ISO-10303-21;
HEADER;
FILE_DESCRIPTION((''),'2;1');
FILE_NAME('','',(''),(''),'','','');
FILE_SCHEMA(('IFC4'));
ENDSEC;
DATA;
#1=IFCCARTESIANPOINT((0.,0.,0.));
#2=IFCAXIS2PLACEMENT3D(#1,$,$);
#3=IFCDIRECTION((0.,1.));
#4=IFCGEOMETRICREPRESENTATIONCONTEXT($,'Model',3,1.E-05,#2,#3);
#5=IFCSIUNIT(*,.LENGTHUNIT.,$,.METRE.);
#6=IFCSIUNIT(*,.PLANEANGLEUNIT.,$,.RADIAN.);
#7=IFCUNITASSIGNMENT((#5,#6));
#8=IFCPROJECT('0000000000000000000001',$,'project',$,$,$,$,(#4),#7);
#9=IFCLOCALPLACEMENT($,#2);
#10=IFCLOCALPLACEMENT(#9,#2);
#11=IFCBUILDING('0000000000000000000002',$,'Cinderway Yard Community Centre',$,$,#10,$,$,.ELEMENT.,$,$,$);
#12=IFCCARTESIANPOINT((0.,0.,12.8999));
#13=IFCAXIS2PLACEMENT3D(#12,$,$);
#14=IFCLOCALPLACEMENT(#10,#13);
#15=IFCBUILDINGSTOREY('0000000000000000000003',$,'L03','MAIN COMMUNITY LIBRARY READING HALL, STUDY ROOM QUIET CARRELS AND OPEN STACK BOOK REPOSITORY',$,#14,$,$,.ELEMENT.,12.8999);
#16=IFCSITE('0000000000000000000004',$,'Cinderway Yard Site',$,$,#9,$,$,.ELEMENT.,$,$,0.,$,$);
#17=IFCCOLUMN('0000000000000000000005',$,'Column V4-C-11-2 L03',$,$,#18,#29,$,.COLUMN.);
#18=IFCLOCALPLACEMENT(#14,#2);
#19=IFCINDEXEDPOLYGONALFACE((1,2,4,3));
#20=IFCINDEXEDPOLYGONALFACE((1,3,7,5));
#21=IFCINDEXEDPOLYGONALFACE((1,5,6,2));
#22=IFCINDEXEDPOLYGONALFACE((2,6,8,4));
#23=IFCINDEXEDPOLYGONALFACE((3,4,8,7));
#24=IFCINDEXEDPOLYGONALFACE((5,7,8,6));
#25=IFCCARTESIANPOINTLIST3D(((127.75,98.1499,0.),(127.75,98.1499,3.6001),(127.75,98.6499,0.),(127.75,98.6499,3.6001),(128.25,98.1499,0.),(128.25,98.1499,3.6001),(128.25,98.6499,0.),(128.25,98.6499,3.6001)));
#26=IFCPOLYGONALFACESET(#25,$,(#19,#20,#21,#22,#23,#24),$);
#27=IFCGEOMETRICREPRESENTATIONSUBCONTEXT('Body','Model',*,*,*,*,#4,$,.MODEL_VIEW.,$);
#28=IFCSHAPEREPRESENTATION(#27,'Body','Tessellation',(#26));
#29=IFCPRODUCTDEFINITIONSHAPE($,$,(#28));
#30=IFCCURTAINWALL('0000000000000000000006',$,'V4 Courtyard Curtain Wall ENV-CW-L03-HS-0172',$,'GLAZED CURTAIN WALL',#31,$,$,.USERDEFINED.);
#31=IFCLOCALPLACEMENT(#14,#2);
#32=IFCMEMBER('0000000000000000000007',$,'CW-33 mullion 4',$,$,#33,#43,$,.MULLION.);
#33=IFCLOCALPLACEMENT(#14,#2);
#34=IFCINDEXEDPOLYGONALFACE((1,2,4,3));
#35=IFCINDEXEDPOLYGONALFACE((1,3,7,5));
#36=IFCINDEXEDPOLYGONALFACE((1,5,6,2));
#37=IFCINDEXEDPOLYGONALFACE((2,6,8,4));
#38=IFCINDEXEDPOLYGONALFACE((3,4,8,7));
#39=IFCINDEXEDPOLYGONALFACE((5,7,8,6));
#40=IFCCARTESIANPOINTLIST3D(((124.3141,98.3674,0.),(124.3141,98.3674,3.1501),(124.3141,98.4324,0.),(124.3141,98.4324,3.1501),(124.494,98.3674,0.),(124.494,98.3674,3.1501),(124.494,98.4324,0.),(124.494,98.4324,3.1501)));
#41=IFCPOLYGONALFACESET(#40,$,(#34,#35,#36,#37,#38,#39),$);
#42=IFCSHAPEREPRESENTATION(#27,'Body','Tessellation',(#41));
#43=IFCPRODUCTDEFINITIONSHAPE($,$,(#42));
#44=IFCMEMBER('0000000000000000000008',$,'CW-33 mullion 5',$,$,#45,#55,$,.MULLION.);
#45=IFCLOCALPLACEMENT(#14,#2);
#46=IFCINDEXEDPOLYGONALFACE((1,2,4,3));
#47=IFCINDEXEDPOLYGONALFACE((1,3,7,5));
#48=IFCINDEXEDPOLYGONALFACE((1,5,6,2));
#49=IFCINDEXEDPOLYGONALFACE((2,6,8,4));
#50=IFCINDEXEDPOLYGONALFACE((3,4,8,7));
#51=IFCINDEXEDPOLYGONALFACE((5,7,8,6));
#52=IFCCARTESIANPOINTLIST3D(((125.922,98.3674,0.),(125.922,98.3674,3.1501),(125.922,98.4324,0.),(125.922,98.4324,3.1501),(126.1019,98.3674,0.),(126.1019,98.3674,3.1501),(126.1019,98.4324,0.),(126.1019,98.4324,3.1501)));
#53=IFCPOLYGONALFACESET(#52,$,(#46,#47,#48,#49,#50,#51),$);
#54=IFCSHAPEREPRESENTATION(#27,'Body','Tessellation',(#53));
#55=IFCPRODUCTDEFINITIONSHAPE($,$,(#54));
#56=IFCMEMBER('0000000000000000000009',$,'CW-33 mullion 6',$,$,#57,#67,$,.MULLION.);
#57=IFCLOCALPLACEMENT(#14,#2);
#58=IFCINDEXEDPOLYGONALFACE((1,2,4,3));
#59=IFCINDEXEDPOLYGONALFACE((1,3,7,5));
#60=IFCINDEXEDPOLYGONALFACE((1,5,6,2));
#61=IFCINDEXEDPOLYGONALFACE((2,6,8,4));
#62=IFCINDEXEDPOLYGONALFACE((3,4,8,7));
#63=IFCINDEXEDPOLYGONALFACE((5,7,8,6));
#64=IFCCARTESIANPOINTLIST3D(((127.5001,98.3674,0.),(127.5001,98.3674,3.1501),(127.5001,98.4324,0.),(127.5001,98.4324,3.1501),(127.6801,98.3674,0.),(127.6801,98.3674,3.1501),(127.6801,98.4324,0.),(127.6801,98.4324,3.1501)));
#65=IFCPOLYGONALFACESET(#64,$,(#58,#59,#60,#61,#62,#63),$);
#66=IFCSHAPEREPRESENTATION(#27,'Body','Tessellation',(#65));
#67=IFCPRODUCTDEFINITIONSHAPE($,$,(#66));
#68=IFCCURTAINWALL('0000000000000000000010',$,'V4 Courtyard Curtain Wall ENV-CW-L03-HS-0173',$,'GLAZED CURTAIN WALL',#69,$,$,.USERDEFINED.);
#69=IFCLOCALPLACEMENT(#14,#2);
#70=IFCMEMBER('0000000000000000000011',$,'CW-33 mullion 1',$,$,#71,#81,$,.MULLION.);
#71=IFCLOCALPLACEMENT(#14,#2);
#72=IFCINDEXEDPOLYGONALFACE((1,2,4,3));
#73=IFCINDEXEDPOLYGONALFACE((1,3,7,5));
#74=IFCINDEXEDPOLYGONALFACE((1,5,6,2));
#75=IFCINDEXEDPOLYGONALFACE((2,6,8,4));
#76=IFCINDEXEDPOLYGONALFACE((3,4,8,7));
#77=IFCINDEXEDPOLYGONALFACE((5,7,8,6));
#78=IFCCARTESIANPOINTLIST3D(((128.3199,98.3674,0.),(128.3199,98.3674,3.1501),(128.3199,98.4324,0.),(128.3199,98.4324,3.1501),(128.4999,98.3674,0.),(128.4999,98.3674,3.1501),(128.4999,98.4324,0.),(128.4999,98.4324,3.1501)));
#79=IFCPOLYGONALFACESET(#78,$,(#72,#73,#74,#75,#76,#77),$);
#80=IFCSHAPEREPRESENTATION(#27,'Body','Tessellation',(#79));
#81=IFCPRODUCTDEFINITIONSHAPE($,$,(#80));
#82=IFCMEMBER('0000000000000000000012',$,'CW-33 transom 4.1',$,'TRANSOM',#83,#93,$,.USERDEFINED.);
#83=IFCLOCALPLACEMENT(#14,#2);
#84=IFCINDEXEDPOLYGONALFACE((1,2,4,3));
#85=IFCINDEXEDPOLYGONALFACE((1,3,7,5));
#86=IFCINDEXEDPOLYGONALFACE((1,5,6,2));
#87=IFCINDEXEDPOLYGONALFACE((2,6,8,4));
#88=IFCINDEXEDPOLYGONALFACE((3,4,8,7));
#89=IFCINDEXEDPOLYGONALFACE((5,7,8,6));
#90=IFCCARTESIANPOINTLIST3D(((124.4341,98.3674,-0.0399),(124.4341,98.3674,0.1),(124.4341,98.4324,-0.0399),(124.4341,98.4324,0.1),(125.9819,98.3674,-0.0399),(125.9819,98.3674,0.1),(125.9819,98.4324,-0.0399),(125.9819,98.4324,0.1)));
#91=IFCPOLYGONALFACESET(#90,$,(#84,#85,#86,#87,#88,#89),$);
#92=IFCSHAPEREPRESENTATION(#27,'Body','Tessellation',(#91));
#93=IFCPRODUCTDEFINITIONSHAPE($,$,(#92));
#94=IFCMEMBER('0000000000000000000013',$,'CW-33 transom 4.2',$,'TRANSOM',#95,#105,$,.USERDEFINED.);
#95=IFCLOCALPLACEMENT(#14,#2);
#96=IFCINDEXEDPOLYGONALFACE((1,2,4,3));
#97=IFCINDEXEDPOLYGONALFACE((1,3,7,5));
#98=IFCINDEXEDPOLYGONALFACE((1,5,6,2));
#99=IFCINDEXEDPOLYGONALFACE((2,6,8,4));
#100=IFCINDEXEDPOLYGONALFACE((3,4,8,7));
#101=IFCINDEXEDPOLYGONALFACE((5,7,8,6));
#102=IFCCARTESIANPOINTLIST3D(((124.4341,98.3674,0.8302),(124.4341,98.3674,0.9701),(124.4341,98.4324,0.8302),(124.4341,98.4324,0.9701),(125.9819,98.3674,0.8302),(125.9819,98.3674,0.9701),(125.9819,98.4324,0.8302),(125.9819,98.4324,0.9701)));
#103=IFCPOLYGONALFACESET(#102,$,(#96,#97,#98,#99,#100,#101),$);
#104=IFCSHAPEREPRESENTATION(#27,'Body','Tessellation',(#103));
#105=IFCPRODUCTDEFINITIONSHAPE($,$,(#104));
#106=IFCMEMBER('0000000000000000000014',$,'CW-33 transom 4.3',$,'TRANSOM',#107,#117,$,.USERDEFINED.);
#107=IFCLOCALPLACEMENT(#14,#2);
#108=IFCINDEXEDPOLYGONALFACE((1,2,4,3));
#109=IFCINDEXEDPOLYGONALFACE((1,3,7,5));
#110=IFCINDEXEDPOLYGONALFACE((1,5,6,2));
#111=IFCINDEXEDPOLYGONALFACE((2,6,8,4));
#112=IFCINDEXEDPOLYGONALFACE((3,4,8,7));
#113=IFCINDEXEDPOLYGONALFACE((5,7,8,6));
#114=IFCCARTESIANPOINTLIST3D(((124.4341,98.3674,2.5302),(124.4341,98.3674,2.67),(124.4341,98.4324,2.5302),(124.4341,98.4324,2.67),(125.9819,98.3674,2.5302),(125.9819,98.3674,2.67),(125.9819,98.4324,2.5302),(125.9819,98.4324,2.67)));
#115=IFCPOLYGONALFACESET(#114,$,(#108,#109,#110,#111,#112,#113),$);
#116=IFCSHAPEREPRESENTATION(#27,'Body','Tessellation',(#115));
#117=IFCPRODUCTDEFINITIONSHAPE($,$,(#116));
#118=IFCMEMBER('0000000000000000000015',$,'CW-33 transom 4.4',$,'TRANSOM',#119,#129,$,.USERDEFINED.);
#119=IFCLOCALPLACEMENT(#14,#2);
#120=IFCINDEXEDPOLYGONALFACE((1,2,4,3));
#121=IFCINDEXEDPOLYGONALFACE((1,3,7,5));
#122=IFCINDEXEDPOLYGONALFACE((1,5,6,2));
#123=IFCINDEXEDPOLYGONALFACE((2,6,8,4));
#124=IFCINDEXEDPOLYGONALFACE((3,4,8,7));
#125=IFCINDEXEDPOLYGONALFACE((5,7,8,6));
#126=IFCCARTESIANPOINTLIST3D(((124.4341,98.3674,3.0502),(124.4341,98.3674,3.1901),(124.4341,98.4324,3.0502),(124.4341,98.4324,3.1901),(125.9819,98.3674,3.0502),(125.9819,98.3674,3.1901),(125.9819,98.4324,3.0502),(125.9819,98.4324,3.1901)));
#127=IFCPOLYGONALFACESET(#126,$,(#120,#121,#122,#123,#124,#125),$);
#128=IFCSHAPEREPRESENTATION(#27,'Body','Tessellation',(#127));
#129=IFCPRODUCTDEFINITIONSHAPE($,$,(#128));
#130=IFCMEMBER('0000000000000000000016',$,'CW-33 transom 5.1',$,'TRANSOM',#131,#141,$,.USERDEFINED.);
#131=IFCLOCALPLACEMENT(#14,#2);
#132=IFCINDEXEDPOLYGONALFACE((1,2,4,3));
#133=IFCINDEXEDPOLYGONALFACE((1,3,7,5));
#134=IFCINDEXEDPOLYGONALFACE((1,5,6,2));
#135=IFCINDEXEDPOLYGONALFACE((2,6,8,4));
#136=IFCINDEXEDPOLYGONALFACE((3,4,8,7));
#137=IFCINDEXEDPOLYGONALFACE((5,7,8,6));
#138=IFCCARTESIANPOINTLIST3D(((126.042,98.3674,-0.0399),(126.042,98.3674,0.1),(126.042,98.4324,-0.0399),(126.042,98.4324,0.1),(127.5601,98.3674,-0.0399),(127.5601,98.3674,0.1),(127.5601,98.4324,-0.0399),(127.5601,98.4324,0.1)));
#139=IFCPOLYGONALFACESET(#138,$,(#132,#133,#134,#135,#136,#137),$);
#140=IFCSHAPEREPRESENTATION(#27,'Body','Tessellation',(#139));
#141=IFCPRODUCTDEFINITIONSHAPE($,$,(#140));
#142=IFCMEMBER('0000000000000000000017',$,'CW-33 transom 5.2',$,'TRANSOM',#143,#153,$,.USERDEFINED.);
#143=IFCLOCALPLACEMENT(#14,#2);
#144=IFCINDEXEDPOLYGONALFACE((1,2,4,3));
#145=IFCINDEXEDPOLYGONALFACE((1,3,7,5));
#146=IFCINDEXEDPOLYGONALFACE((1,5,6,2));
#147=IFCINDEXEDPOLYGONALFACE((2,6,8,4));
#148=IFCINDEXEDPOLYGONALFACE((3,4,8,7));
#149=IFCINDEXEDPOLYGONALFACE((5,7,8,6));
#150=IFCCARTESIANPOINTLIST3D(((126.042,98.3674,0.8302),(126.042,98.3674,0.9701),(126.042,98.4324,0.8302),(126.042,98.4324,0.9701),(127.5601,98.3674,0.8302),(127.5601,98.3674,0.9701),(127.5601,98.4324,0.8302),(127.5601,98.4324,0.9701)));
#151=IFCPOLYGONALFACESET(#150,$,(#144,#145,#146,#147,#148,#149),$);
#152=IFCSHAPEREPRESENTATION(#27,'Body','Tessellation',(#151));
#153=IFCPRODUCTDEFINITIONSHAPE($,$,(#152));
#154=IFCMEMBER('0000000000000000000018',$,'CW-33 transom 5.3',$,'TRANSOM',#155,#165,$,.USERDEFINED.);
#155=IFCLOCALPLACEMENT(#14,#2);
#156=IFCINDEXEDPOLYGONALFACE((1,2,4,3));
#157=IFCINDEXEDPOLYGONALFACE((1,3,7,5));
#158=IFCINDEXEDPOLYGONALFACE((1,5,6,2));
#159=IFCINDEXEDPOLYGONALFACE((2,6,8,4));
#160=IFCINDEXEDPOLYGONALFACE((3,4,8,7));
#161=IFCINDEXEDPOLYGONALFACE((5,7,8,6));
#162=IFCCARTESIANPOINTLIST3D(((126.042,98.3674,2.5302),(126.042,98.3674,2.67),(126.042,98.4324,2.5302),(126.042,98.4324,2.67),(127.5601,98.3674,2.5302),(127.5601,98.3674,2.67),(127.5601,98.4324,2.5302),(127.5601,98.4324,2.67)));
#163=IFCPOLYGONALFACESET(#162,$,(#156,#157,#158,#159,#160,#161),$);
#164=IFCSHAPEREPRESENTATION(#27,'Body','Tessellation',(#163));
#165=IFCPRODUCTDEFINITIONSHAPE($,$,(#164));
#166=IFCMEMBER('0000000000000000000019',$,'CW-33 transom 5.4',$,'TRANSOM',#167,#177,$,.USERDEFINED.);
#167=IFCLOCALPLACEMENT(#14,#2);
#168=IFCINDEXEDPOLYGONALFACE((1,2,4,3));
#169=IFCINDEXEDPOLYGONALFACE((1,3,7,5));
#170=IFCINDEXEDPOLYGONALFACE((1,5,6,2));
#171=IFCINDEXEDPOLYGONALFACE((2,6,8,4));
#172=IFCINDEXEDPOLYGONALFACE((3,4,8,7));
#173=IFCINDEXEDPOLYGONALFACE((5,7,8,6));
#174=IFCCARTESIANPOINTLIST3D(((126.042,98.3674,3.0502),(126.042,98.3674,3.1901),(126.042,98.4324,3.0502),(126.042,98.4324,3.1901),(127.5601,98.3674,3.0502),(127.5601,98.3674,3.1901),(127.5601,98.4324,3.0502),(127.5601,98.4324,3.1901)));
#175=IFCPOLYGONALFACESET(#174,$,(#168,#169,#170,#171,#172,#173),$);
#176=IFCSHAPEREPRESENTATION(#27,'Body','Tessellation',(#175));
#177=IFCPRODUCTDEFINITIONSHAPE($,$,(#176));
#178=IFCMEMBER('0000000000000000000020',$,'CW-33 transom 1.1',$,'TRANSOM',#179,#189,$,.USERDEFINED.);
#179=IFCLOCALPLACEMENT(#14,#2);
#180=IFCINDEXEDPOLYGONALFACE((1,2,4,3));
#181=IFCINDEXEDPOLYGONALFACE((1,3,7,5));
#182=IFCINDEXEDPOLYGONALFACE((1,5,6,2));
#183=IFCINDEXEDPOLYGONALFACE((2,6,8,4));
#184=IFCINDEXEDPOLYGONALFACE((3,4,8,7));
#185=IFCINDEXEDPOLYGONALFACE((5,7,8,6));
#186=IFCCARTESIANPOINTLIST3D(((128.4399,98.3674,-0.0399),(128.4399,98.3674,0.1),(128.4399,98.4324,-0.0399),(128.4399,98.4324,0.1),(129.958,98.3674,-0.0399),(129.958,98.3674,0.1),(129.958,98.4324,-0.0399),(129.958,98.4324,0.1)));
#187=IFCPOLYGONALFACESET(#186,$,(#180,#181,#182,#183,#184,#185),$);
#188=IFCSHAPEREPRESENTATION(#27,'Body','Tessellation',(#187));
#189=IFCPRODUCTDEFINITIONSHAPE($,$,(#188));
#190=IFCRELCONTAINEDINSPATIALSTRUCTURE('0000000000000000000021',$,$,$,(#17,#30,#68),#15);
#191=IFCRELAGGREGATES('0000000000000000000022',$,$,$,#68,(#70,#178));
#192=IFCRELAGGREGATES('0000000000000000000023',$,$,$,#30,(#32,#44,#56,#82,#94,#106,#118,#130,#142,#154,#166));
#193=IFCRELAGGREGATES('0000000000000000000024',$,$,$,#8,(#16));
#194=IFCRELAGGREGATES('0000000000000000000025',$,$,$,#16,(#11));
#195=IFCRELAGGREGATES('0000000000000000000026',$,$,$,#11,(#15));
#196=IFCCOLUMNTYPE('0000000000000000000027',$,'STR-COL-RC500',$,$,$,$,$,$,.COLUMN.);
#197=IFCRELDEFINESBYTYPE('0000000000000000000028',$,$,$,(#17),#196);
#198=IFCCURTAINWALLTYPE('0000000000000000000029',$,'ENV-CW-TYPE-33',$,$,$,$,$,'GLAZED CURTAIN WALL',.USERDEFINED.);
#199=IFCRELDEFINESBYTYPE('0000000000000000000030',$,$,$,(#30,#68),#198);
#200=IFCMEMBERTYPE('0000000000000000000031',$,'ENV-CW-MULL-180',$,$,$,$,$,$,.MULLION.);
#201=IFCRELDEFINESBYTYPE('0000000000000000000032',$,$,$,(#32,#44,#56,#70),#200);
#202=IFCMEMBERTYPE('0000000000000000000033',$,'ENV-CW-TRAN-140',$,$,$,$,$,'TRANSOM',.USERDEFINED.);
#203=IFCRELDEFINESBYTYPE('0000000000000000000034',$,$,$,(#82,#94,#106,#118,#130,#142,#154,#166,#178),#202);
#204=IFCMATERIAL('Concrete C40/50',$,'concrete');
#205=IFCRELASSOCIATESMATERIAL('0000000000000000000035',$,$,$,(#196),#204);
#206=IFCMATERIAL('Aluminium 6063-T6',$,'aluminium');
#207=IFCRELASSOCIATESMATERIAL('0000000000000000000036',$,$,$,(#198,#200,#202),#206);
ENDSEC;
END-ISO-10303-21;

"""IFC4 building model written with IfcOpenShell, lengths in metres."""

from ifc_helpers import new_model, si_unit, direction, frame, origin, origin_2d, place, context, subcontext, project, spatial, rectangle, extrude, material, material_profile, profile_set, type_object, element, aggregate, save


model = new_model("IFC4")

# Units and contexts
model_context = context("Model", 3, precision=1e-05, world=origin(), true_north=direction((0.0, 1.0)))
body_context = subcontext(model_context, "Body", "Model", "MODEL_VIEW")
ifc_project = project(units=[si_unit("LENGTHUNIT", "METRE"), si_unit("PLANEANGLEUNIT", "RADIAN")], contexts=[model_context])

# Site, building, storey
site_placement = place(None, origin())
site = spatial("IfcSite", under=ifc_project, at=site_placement, Name="Cinderway Yard Site", CompositionType="ELEMENT", RefElevation=0.0)
building_placement = place(site_placement, origin())
building = spatial("IfcBuilding", under=site, at=building_placement, Name="Cinderway Yard Community Centre", CompositionType="ELEMENT")
storey_placement = place(building_placement, frame((0.0, 0.0, 12.8999)))
storey = spatial("IfcBuildingStorey", under=building, at=storey_placement, Name="L03", Description="MAIN COMMUNITY LIBRARY READING HALL, STUDY ROOM QUIET CARRELS AND OPEN STACK BOOK REPOSITORY", CompositionType="ELEMENT", Elevation=12.8999)

# Column
ifc_material_1 = material(Name="Concrete C40/50", Category="concrete")
ifc_material_profile_1 = material_profile(ifc_material_1, rectangle(XDim=0.5, YDim=0.5, at=origin_2d()), Name="Concrete C40/50")
ifc_profile_set_1 = profile_set([ifc_material_profile_1], Name="Concrete C40/50")
column_type = type_object("IfcColumnType", Name="STR-COL-RC500", PredefinedType="COLUMN", material=ifc_profile_set_1)
column_placement = place(storey_placement, frame((128.0, 98.3999, 0.0), z_axis=(0.0, 0.0, 1.0), x_axis=(1.0, 0.0, 0.0)))
element("IfcColumn", 1, at=column_placement, inside=storey, type_object=column_type, Name="Column V4-C-11-2 L03", PredefinedType="COLUMN", context=body_context, shape_type="SweptSolid", body=[
    extrude(rectangle(XDim=0.5, YDim=0.5, at=origin_2d()), origin(), (0.0, 0.0, 1.0), 3.6001),
])

# Curtain wall, members
ifc_material_2 = material(Name="Aluminium 6063-T6", Category="aluminium")
curtain_wall_type = type_object("IfcCurtainWallType", Name="ENV-CW-TYPE-33", ElementType="GLAZED CURTAIN WALL", PredefinedType="USERDEFINED", material=ifc_material_2)
curtain_wall_1_placement = place(storey_placement, origin())
curtain_wall_1 = element("IfcCurtainWall", 2, at=curtain_wall_1_placement, inside=storey, type_object=curtain_wall_type, Name="V4 Courtyard Curtain Wall ENV-CW-L03-HS-0172", ObjectType="GLAZED CURTAIN WALL", PredefinedType="USERDEFINED")
ifc_material_profile_2 = material_profile(ifc_material_2, rectangle(XDim=0.0649, YDim=0.1799, at=origin_2d()), Name="Aluminium 6063-T6")
ifc_profile_set_2 = profile_set([ifc_material_profile_2], Name="Aluminium 6063-T6")
member_type_1 = type_object("IfcMemberType", Name="ENV-CW-MULL-180", PredefinedType="MULLION", material=ifc_profile_set_2)
member_1_placement = place(storey_placement, frame((124.4041, 98.3999, 0.0), z_axis=(0.0, 0.0, 1.0), x_axis=(0.0, 1.0, 0.0)))
member_1 = element("IfcMember", 3, at=member_1_placement, type_object=member_type_1, Name="CW-33 mullion 4", PredefinedType="MULLION", context=body_context, shape_type="SweptSolid", body=[
    extrude(rectangle(XDim=0.0649, YDim=0.1799, at=origin_2d()), origin(), (0.0, 0.0, 1.0), 3.1501),
])
member_2_placement = place(storey_placement, frame((126.012, 98.3999, 0.0), z_axis=(0.0, 0.0, 1.0), x_axis=(0.0, 1.0, 0.0)))
member_2 = element("IfcMember", 4, at=member_2_placement, type_object=member_type_1, Name="CW-33 mullion 5", PredefinedType="MULLION", context=body_context, shape_type="SweptSolid", body=[
    extrude(rectangle(XDim=0.0649, YDim=0.1799, at=origin_2d()), origin(), (0.0, 0.0, 1.0), 3.1501),
])
member_3_placement = place(storey_placement, frame((127.5901, 98.3999, 0.0), z_axis=(0.0, 0.0, 1.0), x_axis=(0.0, 1.0, 0.0)))
member_3 = element("IfcMember", 5, at=member_3_placement, type_object=member_type_1, Name="CW-33 mullion 6", PredefinedType="MULLION", context=body_context, shape_type="SweptSolid", body=[
    extrude(rectangle(XDim=0.0649, YDim=0.1799, at=origin_2d()), origin(), (0.0, 0.0, 1.0), 3.1501),
])

# Curtain wall, member
curtain_wall_2_placement = place(storey_placement, origin())
curtain_wall_2 = element("IfcCurtainWall", 6, at=curtain_wall_2_placement, inside=storey, type_object=curtain_wall_type, Name="V4 Courtyard Curtain Wall ENV-CW-L03-HS-0173", ObjectType="GLAZED CURTAIN WALL", PredefinedType="USERDEFINED")
member_4_placement = place(storey_placement, frame((128.4099, 98.3999, 0.0), z_axis=(0.0, 0.0, 1.0), x_axis=(0.0, 1.0, 0.0)))
member_4 = element("IfcMember", 7, at=member_4_placement, type_object=member_type_1, Name="CW-33 mullion 1", PredefinedType="MULLION", context=body_context, shape_type="SweptSolid", body=[
    extrude(rectangle(XDim=0.0649, YDim=0.1799, at=origin_2d()), origin(), (0.0, 0.0, 1.0), 3.1501),
])

# Members
ifc_material_profile_3 = material_profile(ifc_material_2, rectangle(XDim=0.0649, YDim=0.1399, at=origin_2d()), Name="Aluminium 6063-T6")
ifc_profile_set_3 = profile_set([ifc_material_profile_3], Name="Aluminium 6063-T6")
member_type_2 = type_object("IfcMemberType", Name="ENV-CW-TRAN-140", ElementType="TRANSOM", PredefinedType="USERDEFINED", material=ifc_profile_set_3)
member_5_placement = place(storey_placement, frame((124.4341, 98.3999, 0.03), z_axis=(1.0, 0.0, 0.0), x_axis=(0.0, 1.0, 0.0)))
member_5 = element("IfcMember", 8, at=member_5_placement, type_object=member_type_2, Name="CW-33 transom 4.1", ObjectType="TRANSOM", PredefinedType="USERDEFINED", context=body_context, shape_type="SweptSolid", body=[
    extrude(rectangle(XDim=0.0649, YDim=0.1399, at=origin_2d()), origin(), (0.0, 0.0, 1.0), 1.5479),
])
member_6_placement = place(storey_placement, frame((124.4341, 98.3999, 0.9001), z_axis=(1.0, 0.0, 0.0), x_axis=(0.0, 1.0, 0.0)))
member_6 = element("IfcMember", 9, at=member_6_placement, type_object=member_type_2, Name="CW-33 transom 4.2", ObjectType="TRANSOM", PredefinedType="USERDEFINED", context=body_context, shape_type="SweptSolid", body=[
    extrude(rectangle(XDim=0.0649, YDim=0.1399, at=origin_2d()), origin(), (0.0, 0.0, 1.0), 1.5479),
])
member_7_placement = place(storey_placement, frame((124.4341, 98.3999, 2.6001), z_axis=(1.0, 0.0, 0.0), x_axis=(0.0, 1.0, 0.0)))
member_7 = element("IfcMember", 10, at=member_7_placement, type_object=member_type_2, Name="CW-33 transom 4.3", ObjectType="TRANSOM", PredefinedType="USERDEFINED", context=body_context, shape_type="SweptSolid", body=[
    extrude(rectangle(XDim=0.0649, YDim=0.1399, at=origin_2d()), origin(), (0.0, 0.0, 1.0), 1.5479),
])
member_8_placement = place(storey_placement, frame((124.4341, 98.3999, 3.1201), z_axis=(1.0, 0.0, 0.0), x_axis=(0.0, 1.0, 0.0)))
member_8 = element("IfcMember", 11, at=member_8_placement, type_object=member_type_2, Name="CW-33 transom 4.4", ObjectType="TRANSOM", PredefinedType="USERDEFINED", context=body_context, shape_type="SweptSolid", body=[
    extrude(rectangle(XDim=0.0649, YDim=0.1399, at=origin_2d()), origin(), (0.0, 0.0, 1.0), 1.5479),
])
member_9_placement = place(storey_placement, frame((126.042, 98.3999, 0.03), z_axis=(1.0, 0.0, 0.0), x_axis=(0.0, 1.0, 0.0)))
member_9 = element("IfcMember", 12, at=member_9_placement, type_object=member_type_2, Name="CW-33 transom 5.1", ObjectType="TRANSOM", PredefinedType="USERDEFINED", context=body_context, shape_type="SweptSolid", body=[
    extrude(rectangle(XDim=0.0649, YDim=0.1399, at=origin_2d()), origin(), (0.0, 0.0, 1.0), 1.5181),
])
member_10_placement = place(storey_placement, frame((126.042, 98.3999, 0.9001), z_axis=(1.0, 0.0, 0.0), x_axis=(0.0, 1.0, 0.0)))
member_10 = element("IfcMember", 13, at=member_10_placement, type_object=member_type_2, Name="CW-33 transom 5.2", ObjectType="TRANSOM", PredefinedType="USERDEFINED", context=body_context, shape_type="SweptSolid", body=[
    extrude(rectangle(XDim=0.0649, YDim=0.1399, at=origin_2d()), origin(), (0.0, 0.0, 1.0), 1.5181),
])
member_11_placement = place(storey_placement, frame((126.042, 98.3999, 2.6001), z_axis=(1.0, 0.0, 0.0), x_axis=(0.0, 1.0, 0.0)))
member_11 = element("IfcMember", 14, at=member_11_placement, type_object=member_type_2, Name="CW-33 transom 5.3", ObjectType="TRANSOM", PredefinedType="USERDEFINED", context=body_context, shape_type="SweptSolid", body=[
    extrude(rectangle(XDim=0.0649, YDim=0.1399, at=origin_2d()), origin(), (0.0, 0.0, 1.0), 1.5181),
])
member_12_placement = place(storey_placement, frame((126.042, 98.3999, 3.1201), z_axis=(1.0, 0.0, 0.0), x_axis=(0.0, 1.0, 0.0)))
member_12 = element("IfcMember", 15, at=member_12_placement, type_object=member_type_2, Name="CW-33 transom 5.4", ObjectType="TRANSOM", PredefinedType="USERDEFINED", context=body_context, shape_type="SweptSolid", body=[
    extrude(rectangle(XDim=0.0649, YDim=0.1399, at=origin_2d()), origin(), (0.0, 0.0, 1.0), 1.5181),
])
member_13_placement = place(storey_placement, frame((128.4399, 98.3999, 0.03), z_axis=(1.0, 0.0, 0.0), x_axis=(0.0, 1.0, 0.0)))
member_13 = element("IfcMember", 16, at=member_13_placement, type_object=member_type_2, Name="CW-33 transom 1.1", ObjectType="TRANSOM", PredefinedType="USERDEFINED", context=body_context, shape_type="SweptSolid", body=[
    extrude(rectangle(XDim=0.0649, YDim=0.1399, at=origin_2d()), origin(), (0.0, 0.0, 1.0), 1.5181),
])
aggregate(curtain_wall_2, [member_4, member_13])

aggregate(curtain_wall_1, [member_1, member_2, member_3, member_5, member_6, member_7, member_8, member_9, member_10, member_11, member_12])

save(model, "model.ifc")
